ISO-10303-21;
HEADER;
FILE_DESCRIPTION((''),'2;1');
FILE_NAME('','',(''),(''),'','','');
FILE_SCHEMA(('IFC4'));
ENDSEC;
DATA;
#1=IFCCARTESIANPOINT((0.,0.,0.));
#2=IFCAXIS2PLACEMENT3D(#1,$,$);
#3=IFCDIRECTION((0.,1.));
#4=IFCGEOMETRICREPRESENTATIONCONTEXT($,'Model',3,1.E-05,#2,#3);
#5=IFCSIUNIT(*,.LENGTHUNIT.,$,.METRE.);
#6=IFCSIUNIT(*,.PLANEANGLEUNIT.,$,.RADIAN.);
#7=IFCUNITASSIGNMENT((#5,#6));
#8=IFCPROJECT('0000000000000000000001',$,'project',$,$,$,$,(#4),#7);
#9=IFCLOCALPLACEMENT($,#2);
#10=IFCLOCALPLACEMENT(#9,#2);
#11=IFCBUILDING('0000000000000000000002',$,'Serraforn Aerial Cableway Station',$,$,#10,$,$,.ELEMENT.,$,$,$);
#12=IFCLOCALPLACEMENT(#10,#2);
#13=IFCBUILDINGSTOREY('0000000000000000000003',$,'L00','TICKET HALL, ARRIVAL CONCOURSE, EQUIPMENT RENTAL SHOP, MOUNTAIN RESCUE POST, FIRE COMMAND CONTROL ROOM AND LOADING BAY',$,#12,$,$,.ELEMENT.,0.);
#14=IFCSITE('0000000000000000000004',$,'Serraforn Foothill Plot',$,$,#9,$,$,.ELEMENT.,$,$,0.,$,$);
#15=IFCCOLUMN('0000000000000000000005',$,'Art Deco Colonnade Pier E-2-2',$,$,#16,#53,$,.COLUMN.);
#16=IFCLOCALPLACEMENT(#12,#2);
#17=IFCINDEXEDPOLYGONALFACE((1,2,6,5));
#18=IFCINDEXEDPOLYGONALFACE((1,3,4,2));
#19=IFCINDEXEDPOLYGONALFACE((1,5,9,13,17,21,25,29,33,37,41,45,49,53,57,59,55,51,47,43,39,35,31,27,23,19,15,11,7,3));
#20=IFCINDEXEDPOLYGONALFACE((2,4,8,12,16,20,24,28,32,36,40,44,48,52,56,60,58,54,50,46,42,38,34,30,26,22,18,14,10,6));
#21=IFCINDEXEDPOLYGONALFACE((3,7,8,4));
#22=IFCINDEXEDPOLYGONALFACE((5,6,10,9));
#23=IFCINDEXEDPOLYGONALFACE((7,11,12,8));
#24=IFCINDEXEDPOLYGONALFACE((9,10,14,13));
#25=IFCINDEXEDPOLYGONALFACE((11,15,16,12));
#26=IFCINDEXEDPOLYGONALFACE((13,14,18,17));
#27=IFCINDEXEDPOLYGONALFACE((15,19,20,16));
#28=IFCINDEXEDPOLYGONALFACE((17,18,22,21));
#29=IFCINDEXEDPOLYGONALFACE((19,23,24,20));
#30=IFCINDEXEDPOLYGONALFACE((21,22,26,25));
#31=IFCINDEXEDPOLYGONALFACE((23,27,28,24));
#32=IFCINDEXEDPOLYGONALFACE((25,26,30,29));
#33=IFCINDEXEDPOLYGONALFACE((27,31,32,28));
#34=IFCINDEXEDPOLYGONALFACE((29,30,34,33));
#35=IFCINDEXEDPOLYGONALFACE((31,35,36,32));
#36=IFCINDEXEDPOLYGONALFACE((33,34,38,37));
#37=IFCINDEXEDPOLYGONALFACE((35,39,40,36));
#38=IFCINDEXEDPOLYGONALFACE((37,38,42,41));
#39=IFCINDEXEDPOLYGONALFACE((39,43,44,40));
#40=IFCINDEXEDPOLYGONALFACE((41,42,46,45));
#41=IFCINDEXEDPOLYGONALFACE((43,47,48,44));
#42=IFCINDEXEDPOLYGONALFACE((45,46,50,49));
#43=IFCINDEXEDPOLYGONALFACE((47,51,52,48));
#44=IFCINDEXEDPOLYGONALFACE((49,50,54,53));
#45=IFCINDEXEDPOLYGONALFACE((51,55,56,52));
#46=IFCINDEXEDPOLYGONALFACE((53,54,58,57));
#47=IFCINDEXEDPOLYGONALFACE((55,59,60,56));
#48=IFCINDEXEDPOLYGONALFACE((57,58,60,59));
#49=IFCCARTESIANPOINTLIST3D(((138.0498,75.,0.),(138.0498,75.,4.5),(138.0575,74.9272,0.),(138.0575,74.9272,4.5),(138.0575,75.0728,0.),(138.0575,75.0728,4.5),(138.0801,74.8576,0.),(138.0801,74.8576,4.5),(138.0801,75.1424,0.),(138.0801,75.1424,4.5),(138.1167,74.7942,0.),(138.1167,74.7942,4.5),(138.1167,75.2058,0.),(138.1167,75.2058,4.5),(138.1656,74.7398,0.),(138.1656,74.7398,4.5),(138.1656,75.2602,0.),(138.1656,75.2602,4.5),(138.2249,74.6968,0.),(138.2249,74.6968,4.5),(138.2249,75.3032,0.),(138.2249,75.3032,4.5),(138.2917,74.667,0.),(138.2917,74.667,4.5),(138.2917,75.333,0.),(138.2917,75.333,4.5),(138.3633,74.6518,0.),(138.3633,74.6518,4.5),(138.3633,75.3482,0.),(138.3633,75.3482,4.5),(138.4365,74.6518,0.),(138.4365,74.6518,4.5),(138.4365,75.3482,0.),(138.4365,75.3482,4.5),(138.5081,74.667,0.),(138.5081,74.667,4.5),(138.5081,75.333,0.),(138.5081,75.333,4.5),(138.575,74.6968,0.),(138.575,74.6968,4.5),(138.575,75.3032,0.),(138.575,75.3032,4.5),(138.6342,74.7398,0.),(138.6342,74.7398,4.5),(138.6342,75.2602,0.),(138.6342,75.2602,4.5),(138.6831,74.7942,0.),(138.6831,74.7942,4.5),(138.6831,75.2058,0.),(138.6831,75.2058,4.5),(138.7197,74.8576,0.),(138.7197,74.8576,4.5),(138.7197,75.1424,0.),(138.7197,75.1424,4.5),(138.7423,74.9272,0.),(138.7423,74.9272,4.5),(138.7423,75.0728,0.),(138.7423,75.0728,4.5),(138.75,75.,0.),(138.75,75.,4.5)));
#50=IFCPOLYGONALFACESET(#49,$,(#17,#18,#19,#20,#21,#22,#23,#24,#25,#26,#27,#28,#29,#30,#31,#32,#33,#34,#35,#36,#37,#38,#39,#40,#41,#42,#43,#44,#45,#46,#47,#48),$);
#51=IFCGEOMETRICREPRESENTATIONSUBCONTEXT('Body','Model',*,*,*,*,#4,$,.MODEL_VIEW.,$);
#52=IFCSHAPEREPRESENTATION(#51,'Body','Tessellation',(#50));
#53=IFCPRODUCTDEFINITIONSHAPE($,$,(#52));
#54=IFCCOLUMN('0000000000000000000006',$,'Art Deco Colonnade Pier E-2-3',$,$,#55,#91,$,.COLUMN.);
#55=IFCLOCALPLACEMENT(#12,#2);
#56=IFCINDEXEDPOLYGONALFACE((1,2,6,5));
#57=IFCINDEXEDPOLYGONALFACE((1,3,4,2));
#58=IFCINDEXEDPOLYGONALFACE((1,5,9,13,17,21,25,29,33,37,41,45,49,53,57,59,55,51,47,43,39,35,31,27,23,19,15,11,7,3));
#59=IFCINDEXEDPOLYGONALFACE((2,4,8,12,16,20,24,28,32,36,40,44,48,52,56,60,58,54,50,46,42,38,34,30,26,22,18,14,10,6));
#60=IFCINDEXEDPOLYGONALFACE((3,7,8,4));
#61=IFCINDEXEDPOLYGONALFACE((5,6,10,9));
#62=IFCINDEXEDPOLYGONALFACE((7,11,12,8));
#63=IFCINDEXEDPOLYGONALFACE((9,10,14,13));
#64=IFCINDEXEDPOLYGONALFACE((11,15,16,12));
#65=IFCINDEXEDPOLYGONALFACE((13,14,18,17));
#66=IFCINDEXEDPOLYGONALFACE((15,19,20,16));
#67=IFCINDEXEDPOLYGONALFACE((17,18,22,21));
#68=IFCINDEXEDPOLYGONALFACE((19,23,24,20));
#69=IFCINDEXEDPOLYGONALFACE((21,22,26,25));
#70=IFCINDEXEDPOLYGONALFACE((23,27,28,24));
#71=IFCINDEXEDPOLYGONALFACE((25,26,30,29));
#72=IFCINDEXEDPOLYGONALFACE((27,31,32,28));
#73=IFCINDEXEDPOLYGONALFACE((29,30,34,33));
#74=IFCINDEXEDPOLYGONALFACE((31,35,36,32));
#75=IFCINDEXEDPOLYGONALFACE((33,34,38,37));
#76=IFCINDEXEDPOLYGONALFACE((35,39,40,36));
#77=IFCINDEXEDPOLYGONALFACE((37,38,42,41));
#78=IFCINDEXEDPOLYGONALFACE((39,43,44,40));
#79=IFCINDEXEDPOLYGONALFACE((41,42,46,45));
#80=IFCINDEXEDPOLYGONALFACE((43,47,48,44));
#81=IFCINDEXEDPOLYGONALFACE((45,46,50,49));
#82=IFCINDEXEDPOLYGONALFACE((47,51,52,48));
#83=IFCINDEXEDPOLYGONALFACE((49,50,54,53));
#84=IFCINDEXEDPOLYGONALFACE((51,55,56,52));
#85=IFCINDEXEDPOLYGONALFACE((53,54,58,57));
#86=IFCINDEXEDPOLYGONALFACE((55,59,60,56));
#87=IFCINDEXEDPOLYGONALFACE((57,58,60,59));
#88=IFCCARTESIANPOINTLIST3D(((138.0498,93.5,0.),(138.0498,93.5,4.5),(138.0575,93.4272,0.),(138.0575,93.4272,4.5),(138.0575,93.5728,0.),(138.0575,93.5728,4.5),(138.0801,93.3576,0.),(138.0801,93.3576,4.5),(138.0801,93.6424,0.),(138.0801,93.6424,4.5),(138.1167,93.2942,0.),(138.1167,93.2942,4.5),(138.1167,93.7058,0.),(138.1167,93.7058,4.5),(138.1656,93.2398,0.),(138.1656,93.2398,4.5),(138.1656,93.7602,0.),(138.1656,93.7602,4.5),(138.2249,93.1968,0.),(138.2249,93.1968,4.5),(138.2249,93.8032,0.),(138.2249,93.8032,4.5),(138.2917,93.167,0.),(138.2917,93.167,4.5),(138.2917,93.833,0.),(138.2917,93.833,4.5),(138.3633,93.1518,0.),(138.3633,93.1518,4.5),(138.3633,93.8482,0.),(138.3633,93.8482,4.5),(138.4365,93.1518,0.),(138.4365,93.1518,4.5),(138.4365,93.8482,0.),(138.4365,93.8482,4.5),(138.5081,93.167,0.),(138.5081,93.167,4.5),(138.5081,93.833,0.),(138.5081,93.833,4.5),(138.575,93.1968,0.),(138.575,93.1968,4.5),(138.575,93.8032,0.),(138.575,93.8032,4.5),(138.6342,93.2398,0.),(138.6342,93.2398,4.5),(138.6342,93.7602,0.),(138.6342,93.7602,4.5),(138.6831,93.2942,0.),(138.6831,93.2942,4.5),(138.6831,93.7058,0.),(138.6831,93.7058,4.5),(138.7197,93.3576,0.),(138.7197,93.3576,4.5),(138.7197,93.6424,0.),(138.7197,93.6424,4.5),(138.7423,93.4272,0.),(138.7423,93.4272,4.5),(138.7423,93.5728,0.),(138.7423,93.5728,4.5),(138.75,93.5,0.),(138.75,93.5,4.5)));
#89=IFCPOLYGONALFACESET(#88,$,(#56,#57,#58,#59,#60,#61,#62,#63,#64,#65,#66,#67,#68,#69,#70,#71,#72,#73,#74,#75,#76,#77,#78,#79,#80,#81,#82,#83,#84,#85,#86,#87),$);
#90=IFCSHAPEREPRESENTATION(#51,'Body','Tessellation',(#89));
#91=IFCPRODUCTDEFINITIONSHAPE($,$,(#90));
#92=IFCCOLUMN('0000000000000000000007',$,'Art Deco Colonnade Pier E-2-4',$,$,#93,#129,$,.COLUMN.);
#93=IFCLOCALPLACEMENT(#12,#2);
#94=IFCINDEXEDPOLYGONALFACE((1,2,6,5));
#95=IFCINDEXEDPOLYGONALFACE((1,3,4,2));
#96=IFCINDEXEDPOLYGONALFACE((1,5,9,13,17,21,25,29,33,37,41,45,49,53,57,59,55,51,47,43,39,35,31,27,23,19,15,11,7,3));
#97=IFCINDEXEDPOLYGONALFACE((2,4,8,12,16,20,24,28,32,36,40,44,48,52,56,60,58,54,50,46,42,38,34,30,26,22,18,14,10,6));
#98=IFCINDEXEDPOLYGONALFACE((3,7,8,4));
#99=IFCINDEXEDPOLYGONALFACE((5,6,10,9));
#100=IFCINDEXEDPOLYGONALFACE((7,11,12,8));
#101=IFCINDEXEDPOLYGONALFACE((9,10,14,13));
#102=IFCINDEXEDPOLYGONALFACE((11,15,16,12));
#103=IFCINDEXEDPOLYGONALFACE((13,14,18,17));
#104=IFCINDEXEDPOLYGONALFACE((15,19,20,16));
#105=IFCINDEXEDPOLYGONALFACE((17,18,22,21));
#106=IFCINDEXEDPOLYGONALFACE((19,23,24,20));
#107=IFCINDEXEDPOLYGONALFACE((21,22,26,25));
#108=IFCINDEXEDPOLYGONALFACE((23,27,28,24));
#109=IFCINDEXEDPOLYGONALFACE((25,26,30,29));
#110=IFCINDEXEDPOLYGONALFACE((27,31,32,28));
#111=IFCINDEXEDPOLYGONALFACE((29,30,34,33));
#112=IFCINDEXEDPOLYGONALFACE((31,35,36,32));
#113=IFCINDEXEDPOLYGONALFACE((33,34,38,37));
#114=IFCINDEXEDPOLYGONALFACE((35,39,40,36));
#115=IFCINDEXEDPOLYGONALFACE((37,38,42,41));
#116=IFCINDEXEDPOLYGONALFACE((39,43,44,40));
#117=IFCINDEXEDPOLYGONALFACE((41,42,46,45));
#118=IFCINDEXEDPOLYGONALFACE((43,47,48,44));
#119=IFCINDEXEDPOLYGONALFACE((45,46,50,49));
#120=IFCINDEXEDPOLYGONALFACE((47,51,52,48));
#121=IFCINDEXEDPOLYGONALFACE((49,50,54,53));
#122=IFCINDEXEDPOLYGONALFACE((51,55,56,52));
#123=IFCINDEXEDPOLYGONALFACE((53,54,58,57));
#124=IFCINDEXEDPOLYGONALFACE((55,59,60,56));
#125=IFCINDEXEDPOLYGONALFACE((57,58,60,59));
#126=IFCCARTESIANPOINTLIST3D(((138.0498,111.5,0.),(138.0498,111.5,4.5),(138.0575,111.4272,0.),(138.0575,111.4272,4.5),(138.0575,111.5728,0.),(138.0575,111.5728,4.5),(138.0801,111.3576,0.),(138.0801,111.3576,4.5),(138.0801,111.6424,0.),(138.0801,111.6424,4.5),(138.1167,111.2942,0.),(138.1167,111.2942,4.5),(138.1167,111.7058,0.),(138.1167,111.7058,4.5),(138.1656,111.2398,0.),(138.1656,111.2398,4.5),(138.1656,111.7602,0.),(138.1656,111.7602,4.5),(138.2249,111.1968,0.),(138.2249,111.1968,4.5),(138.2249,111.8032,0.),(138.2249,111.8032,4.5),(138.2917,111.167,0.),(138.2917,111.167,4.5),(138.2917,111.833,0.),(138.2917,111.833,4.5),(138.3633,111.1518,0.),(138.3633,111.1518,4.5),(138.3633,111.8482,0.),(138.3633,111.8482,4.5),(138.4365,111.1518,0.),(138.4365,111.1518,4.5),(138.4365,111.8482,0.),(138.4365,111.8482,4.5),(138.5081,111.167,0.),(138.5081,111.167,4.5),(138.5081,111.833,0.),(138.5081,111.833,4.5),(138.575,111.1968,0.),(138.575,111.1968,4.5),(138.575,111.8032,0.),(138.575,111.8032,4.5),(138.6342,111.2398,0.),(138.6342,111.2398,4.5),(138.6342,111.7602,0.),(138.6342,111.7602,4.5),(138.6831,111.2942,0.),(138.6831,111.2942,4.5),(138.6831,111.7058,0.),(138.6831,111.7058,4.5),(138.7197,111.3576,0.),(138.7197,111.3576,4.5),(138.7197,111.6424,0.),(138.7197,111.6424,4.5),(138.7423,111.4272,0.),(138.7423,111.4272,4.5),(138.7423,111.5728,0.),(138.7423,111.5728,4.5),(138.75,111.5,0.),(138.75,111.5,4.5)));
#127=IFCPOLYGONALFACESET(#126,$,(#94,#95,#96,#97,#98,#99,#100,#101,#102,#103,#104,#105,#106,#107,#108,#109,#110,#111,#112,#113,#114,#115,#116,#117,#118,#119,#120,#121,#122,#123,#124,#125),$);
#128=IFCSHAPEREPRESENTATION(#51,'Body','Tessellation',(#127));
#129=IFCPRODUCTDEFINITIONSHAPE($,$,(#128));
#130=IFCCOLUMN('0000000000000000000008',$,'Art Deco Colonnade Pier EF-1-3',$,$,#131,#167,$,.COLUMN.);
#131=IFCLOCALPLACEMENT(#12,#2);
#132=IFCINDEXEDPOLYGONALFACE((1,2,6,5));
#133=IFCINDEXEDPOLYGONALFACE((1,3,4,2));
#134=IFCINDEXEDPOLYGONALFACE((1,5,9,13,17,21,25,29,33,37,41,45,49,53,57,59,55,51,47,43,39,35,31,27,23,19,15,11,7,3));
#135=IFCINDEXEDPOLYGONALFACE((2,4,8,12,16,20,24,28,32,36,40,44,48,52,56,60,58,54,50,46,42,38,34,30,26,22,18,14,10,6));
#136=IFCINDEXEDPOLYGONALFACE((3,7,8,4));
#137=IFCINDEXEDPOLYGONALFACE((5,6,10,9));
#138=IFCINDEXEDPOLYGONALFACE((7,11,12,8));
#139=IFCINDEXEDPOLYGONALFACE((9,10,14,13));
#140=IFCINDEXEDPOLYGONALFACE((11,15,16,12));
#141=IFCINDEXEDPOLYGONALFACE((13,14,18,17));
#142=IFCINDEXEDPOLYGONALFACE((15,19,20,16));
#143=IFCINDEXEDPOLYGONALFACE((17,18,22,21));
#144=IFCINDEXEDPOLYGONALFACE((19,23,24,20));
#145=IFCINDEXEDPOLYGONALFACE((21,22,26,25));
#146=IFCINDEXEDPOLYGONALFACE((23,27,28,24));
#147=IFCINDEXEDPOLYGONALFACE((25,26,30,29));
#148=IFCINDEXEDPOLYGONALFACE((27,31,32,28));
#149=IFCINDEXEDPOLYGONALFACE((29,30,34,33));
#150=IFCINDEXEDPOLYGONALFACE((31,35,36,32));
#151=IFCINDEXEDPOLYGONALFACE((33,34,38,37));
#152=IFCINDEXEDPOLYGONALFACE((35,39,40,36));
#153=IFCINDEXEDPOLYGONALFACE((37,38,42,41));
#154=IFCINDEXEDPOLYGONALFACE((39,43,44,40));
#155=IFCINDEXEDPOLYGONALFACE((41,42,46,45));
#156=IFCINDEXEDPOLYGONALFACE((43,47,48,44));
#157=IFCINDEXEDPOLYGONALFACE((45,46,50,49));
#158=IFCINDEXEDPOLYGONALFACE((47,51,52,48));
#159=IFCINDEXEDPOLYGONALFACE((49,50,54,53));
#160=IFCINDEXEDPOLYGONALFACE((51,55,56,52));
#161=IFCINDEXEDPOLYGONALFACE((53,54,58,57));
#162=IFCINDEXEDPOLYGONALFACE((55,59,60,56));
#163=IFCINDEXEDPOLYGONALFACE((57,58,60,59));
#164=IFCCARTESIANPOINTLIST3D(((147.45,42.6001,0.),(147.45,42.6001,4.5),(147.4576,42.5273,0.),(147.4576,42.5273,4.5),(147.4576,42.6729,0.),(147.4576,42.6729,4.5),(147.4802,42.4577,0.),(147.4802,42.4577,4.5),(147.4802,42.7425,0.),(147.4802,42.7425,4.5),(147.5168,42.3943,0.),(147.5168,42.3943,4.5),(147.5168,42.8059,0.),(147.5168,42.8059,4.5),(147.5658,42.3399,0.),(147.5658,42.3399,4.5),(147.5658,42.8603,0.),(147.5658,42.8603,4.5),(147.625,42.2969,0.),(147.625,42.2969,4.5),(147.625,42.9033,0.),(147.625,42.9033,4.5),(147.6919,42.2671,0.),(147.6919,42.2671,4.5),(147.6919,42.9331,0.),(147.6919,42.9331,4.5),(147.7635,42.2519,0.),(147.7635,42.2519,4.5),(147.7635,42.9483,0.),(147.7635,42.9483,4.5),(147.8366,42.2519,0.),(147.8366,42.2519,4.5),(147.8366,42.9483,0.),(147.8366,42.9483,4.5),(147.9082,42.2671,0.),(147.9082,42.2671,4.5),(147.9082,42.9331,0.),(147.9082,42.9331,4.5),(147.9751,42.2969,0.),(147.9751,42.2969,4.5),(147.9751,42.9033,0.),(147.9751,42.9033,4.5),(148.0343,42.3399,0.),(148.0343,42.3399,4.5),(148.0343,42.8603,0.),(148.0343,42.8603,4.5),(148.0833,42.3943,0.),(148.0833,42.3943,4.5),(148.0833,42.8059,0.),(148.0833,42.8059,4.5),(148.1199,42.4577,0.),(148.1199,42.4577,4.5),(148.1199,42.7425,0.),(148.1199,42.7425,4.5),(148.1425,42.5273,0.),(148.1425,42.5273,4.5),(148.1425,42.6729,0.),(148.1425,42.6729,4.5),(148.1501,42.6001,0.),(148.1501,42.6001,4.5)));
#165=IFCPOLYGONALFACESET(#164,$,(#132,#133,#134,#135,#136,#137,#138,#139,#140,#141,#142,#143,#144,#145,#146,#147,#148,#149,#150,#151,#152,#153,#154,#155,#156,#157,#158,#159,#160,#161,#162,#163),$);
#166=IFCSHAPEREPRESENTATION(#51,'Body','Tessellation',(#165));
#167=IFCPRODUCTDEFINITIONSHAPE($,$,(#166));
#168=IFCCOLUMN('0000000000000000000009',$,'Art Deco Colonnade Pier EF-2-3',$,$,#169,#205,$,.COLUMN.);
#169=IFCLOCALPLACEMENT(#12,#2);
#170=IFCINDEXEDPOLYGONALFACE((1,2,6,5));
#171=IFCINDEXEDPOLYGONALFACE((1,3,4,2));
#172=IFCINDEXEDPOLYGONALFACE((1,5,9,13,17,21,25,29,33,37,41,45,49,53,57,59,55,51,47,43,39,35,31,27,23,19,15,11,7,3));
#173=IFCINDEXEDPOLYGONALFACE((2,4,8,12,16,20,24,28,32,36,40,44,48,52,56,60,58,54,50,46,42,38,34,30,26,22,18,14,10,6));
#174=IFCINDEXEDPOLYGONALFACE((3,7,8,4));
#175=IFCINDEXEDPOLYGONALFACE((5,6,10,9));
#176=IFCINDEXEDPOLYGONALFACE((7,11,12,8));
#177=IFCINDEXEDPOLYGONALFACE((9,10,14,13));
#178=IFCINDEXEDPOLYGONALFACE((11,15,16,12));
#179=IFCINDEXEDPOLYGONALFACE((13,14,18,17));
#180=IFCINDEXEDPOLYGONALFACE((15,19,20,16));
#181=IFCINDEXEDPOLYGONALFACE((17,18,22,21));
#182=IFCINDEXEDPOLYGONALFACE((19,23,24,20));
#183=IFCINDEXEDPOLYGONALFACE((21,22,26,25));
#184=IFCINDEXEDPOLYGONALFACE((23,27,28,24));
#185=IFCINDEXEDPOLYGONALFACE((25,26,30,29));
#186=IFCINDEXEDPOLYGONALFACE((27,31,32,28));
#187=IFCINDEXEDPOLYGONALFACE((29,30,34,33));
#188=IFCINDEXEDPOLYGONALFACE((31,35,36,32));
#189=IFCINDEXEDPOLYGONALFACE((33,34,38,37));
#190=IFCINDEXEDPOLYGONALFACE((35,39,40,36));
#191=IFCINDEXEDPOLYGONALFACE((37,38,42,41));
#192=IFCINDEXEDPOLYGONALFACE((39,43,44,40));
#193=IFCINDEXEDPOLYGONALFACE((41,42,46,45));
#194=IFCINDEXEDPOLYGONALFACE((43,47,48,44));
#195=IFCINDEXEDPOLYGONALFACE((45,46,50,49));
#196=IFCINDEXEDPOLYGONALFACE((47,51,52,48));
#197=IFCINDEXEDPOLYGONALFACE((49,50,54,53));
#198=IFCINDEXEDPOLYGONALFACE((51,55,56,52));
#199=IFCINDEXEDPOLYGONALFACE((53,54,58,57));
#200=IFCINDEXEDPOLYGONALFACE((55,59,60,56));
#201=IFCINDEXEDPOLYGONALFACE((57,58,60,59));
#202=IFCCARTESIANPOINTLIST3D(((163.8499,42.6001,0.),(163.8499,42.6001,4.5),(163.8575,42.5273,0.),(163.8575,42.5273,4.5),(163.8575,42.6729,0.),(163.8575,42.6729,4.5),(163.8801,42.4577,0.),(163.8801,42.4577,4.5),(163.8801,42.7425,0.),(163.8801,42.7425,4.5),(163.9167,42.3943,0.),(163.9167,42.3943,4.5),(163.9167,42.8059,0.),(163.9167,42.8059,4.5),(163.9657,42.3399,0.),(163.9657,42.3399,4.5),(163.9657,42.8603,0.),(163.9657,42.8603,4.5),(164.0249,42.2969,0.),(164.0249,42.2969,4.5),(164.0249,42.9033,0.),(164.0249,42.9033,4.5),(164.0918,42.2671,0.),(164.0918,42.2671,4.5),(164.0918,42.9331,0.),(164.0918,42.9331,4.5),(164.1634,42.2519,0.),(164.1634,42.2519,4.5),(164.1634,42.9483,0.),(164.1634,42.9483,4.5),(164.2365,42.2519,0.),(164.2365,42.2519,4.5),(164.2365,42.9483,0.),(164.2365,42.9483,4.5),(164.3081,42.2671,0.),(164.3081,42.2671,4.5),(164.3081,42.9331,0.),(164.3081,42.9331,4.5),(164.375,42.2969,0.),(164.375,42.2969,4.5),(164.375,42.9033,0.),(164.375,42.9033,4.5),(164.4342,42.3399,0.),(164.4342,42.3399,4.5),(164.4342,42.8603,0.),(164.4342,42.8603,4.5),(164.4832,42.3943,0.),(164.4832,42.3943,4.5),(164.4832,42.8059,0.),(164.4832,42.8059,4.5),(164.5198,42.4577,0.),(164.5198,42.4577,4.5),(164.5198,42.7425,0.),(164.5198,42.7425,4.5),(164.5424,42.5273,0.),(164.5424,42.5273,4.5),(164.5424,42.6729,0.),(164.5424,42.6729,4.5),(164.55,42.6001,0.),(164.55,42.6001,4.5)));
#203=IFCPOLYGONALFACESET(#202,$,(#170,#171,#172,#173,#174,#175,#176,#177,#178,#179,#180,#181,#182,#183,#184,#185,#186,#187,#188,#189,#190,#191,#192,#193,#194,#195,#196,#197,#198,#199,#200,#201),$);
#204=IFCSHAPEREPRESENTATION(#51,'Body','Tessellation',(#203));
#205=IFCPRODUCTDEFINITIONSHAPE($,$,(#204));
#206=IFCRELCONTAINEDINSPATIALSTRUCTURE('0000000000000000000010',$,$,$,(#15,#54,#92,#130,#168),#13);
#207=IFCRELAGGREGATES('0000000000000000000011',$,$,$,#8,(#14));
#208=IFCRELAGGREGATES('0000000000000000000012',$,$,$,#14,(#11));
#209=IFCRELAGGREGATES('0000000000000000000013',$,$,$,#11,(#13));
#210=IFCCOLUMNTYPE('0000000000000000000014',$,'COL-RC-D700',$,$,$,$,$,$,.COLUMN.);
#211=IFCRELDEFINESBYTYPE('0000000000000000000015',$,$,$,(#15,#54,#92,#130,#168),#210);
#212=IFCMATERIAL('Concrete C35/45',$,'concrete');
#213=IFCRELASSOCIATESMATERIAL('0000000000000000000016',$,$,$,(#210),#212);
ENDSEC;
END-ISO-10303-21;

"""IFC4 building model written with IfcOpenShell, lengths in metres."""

from ifc_helpers import new_model, si_unit, direction, frame, origin, origin_2d, place, context, subcontext, project, spatial, circle, extrude, material, material_profile, profile_set, type_object, element, save


model = new_model("IFC4")

# Units and contexts
model_context = context("Model", 3, precision=1e-05, world=origin(), true_north=direction((0.0, 1.0)))
body_context = subcontext(model_context, "Body", "Model", "MODEL_VIEW")
ifc_project = project(units=[si_unit("LENGTHUNIT", "METRE"), si_unit("PLANEANGLEUNIT", "RADIAN")], contexts=[model_context])

# Site, building, storey
site_placement = place(None, origin())
site = spatial("IfcSite", under=ifc_project, at=site_placement, Name="Serraforn Foothill Plot", CompositionType="ELEMENT", RefElevation=0.0)
building_placement = place(site_placement, origin())
building = spatial("IfcBuilding", under=site, at=building_placement, Name="Serraforn Aerial Cableway Station", CompositionType="ELEMENT")
storey_placement = place(building_placement, origin())
storey = spatial("IfcBuildingStorey", under=building, at=storey_placement, Name="L00", Description="TICKET HALL, ARRIVAL CONCOURSE, EQUIPMENT RENTAL SHOP, MOUNTAIN RESCUE POST, FIRE COMMAND CONTROL ROOM AND LOADING BAY", CompositionType="ELEMENT", Elevation=0.0)

# Shared definitions
ifc_material = material(Name="Concrete C35/45", Category="concrete")

# Columns
ifc_material_profile = material_profile(ifc_material, circle(Radius=0.3501, at=origin_2d()), Name="RC D700")
ifc_profile_set = profile_set([ifc_material_profile], Name="Concrete C35/45")
column_type = type_object("IfcColumnType", Name="COL-RC-D700", PredefinedType="COLUMN", material=ifc_profile_set)
for number, where, z_axis, x_axis, name in (
    (1, (138.3999, 75.0, 0.0), (0.0, 0.0, 1.0), (1.0, 0.0, 0.0), "Art Deco Colonnade Pier E-2-2"),
    (2, (138.3999, 93.5, 0.0), (0.0, 0.0, 1.0), (1.0, 0.0, 0.0), "Art Deco Colonnade Pier E-2-3"),
    (3, (138.3999, 111.5, 0.0), (0.0, 0.0, 1.0), (1.0, 0.0, 0.0), "Art Deco Colonnade Pier E-2-4"),
    (4, (147.8, 42.6001, 0.0), (0.0, 0.0, 1.0), (1.0, 0.0, 0.0), "Art Deco Colonnade Pier EF-1-3"),
    (5, (164.2, 42.6001, 0.0), (0.0, 0.0, 1.0), (1.0, 0.0, 0.0), "Art Deco Colonnade Pier EF-2-3"),
):
    element("IfcColumn", number, at=place(storey_placement, frame(where, z_axis=z_axis, x_axis=x_axis)), inside=storey, type_object=column_type, Name=name, PredefinedType="COLUMN", context=body_context, shape_type="SweptSolid", body=[
        extrude(circle(Radius=0.3501, at=origin_2d()), origin(), (0.0, 0.0, 1.0), 4.5),
    ])

save(model, "model.ifc")
